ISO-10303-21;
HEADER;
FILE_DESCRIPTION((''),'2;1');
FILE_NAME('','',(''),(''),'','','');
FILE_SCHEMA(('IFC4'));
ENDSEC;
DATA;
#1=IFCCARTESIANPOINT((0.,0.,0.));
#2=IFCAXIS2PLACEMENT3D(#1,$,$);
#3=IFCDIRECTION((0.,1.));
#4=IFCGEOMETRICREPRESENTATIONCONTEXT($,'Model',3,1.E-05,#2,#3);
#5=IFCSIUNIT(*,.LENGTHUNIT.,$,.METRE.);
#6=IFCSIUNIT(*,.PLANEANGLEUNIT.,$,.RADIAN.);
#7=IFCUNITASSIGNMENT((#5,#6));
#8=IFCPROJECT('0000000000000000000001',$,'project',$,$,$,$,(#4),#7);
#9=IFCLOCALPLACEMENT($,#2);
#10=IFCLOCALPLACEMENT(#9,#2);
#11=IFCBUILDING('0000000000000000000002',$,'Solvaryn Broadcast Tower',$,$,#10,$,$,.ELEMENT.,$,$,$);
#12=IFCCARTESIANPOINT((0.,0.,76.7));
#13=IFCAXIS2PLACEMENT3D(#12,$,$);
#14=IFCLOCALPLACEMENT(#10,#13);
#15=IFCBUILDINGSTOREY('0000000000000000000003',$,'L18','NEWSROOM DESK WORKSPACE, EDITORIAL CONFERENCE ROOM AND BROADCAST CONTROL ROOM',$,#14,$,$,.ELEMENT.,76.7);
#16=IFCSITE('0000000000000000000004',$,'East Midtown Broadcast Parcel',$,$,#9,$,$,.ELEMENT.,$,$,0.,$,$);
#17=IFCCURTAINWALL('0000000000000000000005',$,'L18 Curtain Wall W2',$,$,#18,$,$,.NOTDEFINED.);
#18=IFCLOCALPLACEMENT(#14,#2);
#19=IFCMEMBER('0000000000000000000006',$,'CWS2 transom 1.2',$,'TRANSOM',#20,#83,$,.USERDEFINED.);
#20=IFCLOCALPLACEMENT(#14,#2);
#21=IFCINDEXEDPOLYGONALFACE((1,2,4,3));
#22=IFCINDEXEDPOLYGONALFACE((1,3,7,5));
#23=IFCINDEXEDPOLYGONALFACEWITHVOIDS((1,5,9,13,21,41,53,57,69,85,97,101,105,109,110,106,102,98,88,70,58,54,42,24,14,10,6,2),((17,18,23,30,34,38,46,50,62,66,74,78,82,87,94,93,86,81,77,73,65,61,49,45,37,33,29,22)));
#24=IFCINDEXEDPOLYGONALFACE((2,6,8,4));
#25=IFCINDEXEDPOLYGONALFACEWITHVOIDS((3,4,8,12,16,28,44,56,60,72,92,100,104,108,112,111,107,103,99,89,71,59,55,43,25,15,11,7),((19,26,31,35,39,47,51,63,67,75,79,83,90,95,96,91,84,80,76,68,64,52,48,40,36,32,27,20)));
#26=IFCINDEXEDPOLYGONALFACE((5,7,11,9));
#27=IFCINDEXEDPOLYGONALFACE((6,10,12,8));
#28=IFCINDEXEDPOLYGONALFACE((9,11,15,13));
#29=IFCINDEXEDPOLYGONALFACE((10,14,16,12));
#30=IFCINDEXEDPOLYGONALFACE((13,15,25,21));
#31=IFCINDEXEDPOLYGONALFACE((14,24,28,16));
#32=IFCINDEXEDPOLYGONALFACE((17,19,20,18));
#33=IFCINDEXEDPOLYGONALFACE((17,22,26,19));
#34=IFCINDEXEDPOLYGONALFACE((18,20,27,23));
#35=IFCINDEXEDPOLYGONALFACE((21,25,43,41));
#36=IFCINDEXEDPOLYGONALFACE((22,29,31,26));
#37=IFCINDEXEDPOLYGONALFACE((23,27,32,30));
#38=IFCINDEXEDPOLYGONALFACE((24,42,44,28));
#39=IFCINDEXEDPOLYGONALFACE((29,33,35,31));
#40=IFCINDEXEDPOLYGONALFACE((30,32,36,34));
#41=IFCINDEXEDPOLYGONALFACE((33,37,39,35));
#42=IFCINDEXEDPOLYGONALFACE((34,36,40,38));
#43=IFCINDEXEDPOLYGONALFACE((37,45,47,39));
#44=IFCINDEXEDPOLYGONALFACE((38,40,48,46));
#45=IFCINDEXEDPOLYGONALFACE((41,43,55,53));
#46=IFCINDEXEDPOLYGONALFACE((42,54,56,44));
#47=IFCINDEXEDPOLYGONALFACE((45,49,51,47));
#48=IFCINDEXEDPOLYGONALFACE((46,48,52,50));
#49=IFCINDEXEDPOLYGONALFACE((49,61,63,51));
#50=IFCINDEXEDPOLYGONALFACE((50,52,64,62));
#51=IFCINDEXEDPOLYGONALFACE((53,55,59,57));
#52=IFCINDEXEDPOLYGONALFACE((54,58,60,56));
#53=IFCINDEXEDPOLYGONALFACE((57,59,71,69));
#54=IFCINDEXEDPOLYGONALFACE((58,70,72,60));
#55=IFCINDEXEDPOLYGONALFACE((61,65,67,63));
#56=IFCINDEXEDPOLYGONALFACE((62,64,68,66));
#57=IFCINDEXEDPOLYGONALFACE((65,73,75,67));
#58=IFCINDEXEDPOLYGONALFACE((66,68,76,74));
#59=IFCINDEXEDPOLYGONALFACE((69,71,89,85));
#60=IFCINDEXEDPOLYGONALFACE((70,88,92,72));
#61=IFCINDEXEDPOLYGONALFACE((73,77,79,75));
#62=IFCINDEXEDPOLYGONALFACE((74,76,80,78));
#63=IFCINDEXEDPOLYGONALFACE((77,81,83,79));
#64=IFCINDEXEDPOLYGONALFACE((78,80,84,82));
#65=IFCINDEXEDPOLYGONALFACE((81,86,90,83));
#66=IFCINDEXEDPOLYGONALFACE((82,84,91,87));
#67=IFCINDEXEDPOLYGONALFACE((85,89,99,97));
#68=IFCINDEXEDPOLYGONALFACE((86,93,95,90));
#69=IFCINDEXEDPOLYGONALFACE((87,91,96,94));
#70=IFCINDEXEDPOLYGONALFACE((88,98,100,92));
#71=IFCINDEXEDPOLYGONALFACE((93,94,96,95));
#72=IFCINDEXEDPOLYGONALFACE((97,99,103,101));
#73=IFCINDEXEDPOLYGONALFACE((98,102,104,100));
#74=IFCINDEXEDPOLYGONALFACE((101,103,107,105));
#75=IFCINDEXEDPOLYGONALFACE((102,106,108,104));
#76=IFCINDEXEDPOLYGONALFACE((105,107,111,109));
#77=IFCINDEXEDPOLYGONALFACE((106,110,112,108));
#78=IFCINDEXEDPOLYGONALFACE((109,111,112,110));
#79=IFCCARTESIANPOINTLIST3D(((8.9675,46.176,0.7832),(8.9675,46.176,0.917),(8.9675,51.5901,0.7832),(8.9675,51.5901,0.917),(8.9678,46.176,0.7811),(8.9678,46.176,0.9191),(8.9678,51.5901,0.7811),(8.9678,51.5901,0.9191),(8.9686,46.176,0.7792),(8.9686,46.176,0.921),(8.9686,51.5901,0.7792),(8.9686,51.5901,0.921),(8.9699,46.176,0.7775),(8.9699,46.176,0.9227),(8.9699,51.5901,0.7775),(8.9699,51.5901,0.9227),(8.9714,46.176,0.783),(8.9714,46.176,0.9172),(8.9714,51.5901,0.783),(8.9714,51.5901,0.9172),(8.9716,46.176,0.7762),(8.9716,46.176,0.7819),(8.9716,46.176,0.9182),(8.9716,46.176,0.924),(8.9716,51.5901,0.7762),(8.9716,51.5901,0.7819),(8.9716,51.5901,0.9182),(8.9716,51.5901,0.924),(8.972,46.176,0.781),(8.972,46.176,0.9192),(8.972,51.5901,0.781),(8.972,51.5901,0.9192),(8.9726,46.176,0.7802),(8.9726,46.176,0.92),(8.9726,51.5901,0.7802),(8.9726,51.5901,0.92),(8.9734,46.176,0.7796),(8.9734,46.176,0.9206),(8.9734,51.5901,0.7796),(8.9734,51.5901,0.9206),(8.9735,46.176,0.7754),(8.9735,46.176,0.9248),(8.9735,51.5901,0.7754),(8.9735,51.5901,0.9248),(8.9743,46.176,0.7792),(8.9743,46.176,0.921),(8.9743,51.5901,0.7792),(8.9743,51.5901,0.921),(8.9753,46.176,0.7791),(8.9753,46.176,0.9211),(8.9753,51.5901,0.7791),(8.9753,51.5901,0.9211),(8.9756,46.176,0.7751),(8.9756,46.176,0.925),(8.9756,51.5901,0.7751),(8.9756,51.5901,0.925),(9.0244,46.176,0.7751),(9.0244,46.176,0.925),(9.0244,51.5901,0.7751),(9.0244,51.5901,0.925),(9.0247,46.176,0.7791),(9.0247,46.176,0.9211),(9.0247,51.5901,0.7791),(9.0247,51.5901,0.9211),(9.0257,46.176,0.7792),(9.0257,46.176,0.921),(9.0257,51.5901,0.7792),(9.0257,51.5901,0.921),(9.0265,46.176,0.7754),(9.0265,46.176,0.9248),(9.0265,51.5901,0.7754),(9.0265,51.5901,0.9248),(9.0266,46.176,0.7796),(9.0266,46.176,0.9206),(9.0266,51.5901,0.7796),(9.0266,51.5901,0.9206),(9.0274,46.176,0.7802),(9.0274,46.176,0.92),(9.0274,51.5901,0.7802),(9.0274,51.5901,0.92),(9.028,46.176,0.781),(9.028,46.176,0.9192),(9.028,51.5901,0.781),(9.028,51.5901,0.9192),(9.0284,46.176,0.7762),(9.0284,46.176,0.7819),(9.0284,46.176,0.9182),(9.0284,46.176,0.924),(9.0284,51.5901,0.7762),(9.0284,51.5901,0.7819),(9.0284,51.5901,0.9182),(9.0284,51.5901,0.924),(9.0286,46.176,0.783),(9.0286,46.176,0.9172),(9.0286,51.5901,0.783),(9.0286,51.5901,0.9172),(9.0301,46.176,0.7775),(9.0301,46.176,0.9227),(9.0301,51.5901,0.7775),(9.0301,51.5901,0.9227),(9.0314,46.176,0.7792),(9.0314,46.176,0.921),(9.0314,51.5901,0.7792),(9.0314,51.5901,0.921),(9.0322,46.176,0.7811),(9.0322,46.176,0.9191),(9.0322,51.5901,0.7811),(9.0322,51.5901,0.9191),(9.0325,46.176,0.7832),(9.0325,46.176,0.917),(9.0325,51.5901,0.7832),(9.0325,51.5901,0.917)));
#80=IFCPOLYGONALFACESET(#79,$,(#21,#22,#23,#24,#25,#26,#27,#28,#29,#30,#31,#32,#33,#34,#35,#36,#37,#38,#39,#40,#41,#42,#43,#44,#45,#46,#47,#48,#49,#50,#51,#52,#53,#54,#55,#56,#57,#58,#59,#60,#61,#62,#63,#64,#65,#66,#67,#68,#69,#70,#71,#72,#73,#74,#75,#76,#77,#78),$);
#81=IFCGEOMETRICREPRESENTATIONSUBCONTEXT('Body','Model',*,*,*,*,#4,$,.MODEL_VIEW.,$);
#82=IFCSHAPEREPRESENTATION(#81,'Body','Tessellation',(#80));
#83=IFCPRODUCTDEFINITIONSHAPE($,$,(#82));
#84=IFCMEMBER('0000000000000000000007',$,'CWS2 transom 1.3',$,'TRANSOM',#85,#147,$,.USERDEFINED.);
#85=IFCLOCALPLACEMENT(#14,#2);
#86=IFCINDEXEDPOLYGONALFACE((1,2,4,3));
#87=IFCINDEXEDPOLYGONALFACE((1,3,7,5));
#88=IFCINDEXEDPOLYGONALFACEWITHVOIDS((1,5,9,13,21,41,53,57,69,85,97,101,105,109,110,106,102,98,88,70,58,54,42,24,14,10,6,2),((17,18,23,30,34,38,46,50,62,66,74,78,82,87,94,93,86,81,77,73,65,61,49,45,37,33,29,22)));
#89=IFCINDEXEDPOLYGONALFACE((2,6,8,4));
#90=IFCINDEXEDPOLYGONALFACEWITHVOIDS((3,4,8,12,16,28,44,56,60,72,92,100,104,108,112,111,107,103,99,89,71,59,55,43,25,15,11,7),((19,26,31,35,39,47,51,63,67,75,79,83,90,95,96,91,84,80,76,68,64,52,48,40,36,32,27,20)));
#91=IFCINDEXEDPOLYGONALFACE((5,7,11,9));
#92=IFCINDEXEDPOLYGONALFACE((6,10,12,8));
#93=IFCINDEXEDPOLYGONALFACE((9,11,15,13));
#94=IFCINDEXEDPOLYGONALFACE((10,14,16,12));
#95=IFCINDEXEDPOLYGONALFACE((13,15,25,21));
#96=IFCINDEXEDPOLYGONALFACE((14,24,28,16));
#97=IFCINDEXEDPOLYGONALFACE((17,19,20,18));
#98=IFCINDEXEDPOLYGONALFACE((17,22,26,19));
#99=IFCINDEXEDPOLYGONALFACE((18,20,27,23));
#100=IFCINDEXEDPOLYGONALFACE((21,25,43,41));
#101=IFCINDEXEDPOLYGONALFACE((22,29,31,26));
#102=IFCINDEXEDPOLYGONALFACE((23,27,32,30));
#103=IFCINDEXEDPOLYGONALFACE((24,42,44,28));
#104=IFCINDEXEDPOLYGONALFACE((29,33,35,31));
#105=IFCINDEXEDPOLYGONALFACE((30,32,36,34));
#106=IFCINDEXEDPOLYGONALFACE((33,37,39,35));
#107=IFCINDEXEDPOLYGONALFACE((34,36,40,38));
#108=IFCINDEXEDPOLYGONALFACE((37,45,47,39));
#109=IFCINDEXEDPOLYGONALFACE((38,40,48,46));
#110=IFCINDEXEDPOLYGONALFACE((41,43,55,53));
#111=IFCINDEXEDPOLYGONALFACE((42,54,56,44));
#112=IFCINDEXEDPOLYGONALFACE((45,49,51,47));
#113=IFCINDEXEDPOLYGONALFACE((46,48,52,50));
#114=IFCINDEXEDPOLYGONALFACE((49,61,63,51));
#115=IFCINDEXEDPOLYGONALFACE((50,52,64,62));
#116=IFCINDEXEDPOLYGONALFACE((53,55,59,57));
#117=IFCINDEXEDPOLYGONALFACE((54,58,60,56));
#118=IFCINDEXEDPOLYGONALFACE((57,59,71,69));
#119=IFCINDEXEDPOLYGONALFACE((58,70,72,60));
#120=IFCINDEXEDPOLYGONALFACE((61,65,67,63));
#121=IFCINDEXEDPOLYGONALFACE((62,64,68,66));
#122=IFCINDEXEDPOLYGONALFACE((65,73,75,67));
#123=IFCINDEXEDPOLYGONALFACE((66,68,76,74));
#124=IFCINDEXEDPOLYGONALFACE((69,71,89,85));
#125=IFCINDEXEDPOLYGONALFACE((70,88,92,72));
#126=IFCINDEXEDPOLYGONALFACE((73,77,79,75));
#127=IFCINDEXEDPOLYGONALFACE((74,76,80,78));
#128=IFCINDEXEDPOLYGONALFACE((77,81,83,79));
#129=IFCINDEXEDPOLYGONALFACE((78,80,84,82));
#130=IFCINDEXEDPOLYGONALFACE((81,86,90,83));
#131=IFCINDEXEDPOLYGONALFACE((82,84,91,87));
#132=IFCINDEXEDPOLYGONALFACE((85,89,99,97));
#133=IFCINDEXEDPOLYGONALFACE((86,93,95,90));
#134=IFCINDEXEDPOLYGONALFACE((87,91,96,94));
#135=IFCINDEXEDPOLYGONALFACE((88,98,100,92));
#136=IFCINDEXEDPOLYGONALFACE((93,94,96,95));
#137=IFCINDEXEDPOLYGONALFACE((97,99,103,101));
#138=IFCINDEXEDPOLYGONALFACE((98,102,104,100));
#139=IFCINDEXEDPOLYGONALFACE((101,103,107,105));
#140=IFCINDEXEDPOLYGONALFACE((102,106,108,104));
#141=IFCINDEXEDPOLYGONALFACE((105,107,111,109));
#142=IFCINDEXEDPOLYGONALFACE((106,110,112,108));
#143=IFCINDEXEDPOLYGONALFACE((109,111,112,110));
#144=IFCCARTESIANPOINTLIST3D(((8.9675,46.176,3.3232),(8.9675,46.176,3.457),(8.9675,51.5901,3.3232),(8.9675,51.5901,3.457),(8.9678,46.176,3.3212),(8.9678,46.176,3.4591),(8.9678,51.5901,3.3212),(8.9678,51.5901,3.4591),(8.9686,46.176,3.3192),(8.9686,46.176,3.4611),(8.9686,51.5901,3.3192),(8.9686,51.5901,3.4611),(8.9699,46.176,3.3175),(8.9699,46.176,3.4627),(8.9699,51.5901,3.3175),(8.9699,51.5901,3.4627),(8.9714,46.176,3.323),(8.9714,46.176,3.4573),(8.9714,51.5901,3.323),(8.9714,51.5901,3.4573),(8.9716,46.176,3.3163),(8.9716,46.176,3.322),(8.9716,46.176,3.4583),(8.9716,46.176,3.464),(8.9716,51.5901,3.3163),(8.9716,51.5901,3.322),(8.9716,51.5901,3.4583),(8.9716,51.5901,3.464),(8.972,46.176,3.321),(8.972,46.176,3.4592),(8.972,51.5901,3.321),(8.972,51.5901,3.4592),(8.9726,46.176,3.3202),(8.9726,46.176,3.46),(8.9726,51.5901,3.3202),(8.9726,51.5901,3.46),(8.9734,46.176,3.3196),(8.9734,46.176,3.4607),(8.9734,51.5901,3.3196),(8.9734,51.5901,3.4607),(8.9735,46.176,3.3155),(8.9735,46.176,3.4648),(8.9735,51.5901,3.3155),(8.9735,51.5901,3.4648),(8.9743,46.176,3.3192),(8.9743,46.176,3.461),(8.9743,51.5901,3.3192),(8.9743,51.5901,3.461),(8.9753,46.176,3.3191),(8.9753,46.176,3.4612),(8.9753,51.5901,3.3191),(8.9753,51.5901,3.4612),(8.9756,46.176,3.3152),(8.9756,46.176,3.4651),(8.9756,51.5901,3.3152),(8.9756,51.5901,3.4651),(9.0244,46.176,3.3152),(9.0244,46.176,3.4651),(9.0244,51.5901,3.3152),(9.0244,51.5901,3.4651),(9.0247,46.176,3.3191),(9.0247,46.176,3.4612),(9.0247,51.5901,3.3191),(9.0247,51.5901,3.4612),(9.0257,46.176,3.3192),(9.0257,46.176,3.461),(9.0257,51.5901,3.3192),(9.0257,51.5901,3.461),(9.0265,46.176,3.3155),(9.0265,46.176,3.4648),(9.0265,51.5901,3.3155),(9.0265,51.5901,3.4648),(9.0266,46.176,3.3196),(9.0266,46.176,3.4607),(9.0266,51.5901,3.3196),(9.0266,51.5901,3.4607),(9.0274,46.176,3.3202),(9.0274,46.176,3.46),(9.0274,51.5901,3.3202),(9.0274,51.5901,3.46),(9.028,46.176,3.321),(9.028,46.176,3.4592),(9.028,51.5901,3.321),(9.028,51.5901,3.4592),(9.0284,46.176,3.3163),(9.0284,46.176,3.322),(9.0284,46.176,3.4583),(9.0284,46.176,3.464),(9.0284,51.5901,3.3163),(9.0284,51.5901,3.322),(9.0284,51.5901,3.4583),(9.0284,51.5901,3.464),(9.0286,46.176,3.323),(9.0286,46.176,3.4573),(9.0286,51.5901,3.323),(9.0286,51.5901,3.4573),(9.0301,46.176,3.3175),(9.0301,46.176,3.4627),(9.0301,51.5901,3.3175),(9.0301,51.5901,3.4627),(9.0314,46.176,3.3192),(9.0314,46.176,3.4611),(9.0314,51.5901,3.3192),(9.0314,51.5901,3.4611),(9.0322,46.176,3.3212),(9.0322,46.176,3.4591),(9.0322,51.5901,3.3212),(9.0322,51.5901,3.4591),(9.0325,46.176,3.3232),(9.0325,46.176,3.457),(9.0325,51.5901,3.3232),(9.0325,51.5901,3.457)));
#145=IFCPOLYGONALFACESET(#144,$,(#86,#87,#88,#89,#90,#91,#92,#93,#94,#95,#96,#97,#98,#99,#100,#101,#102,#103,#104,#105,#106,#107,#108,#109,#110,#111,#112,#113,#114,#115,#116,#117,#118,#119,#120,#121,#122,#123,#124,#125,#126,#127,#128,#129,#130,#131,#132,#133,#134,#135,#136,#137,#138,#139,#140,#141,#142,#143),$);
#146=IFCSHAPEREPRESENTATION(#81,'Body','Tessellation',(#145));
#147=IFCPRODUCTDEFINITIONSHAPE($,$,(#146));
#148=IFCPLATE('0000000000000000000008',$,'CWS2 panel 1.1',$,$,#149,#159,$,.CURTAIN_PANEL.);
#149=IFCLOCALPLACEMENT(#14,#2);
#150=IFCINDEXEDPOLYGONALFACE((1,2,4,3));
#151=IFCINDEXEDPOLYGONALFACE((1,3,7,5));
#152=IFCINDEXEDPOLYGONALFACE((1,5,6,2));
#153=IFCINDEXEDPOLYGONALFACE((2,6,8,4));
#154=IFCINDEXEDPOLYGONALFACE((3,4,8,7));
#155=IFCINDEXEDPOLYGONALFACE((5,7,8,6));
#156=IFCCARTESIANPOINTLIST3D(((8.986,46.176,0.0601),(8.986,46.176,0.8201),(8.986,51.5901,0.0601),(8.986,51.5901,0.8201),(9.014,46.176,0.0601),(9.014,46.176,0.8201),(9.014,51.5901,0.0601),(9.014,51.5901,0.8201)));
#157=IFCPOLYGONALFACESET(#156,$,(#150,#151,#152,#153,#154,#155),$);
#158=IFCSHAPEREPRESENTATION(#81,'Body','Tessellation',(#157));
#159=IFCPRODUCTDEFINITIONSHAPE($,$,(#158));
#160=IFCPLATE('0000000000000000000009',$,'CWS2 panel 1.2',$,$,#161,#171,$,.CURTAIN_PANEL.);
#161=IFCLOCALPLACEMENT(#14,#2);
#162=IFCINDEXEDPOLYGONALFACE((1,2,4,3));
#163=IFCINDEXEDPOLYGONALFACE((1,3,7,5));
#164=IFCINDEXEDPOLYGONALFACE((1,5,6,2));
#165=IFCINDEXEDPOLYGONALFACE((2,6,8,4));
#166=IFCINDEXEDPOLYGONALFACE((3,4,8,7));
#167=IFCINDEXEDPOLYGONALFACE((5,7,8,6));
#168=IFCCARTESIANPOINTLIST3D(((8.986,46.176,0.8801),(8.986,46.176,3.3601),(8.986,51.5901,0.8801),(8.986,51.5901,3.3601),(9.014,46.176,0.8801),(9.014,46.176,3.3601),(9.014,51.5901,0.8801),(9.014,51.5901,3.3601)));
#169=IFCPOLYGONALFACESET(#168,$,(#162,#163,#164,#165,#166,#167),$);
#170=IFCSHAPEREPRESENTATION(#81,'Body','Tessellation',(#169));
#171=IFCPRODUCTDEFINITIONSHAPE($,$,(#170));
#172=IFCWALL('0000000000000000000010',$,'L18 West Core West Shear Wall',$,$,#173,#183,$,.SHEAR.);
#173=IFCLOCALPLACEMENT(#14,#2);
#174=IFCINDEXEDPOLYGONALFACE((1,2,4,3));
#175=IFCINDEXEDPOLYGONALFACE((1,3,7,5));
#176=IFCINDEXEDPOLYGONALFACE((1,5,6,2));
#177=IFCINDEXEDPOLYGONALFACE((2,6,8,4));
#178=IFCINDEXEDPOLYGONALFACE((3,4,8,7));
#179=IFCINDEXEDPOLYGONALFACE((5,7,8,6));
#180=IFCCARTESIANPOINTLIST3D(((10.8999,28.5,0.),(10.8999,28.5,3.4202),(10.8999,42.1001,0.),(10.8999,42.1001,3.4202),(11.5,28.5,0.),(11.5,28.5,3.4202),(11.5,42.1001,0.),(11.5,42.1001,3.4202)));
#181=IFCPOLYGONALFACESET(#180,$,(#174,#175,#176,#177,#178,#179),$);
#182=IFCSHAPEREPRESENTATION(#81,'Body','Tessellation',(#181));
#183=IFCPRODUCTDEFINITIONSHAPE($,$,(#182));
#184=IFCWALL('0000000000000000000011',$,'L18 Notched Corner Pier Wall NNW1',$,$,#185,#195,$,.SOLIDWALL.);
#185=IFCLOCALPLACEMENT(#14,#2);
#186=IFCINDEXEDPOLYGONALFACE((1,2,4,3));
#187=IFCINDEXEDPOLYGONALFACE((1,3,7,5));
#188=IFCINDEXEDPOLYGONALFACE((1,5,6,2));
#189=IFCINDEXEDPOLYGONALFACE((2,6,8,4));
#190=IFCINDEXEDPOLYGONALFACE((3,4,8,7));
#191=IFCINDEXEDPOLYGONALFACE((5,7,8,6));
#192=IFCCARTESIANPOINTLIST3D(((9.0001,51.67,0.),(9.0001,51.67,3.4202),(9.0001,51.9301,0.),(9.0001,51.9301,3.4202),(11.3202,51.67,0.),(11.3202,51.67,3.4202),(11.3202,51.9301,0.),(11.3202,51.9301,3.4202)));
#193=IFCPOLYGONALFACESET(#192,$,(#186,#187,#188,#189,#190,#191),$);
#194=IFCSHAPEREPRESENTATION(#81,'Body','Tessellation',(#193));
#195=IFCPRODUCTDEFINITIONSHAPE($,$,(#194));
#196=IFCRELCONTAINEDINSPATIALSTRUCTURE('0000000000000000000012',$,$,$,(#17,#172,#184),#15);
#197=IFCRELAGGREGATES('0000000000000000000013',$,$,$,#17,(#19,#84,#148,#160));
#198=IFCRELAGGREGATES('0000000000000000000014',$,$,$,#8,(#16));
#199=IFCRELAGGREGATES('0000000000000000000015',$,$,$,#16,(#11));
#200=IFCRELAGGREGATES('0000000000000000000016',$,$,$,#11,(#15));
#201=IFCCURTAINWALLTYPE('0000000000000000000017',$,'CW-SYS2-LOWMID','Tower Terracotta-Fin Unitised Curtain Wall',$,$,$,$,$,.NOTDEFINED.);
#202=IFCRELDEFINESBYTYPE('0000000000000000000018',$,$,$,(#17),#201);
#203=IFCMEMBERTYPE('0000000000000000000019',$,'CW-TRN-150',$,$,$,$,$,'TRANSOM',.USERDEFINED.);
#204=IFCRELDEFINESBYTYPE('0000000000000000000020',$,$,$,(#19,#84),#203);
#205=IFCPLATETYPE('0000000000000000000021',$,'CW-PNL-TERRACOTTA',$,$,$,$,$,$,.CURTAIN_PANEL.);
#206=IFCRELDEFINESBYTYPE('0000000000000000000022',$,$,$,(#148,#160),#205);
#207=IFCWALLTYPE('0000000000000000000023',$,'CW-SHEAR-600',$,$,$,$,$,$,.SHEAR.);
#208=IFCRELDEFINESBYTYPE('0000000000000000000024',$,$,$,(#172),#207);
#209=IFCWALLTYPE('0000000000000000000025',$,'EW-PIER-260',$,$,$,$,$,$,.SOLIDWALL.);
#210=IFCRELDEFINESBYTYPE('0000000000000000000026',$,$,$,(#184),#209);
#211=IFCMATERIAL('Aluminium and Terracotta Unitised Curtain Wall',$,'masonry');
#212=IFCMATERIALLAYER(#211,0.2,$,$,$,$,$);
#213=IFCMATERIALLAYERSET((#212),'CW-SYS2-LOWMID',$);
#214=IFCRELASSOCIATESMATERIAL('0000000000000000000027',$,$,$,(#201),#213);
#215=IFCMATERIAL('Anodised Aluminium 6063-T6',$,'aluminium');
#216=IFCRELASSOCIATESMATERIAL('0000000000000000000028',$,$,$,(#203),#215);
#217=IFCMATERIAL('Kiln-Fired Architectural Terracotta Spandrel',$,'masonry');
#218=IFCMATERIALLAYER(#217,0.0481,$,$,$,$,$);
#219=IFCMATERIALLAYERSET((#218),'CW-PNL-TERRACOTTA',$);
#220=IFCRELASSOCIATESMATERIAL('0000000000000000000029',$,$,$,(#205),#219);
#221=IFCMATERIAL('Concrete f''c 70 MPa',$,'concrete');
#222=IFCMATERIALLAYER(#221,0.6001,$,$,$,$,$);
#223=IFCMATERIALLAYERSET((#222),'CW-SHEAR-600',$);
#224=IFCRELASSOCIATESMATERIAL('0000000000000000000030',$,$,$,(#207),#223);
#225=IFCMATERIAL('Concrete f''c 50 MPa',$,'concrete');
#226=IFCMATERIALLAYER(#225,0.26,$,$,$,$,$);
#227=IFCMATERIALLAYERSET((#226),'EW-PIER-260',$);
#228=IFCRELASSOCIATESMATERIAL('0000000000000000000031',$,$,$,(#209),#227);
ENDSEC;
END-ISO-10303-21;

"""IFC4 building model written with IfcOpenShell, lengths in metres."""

from ifc_helpers import new_model, si_unit, direction, frame, frame_2d, origin, origin_2d, place, context, subcontext, project, spatial, rectangle, hollow_rectangle, extrude, material, layer, layer_set, material_profile, profile_set, type_object, element, aggregate, save


model = new_model("IFC4")

# Units and contexts
model_context = context("Model", 3, precision=1e-05, world=origin(), true_north=direction((0.0, 1.0)))
body_context = subcontext(model_context, "Body", "Model", "MODEL_VIEW")
ifc_project = project(units=[si_unit("LENGTHUNIT", "METRE"), si_unit("PLANEANGLEUNIT", "RADIAN")], contexts=[model_context])

# Site, building, storey
site_placement = place(None, origin())
site = spatial("IfcSite", under=ifc_project, at=site_placement, Name="East Midtown Broadcast Parcel", CompositionType="ELEMENT", RefElevation=0.0)
building_placement = place(site_placement, origin())
building = spatial("IfcBuilding", under=site, at=building_placement, Name="Solvaryn Broadcast Tower", CompositionType="ELEMENT")
storey_placement = place(building_placement, frame((0.0, 0.0, 76.7)))
storey = spatial("IfcBuildingStorey", under=building, at=storey_placement, Name="L18", Description="NEWSROOM DESK WORKSPACE, EDITORIAL CONFERENCE ROOM AND BROADCAST CONTROL ROOM", CompositionType="ELEMENT", Elevation=76.7)

# Shared definitions
ifc_material_1 = material(Name="Aluminium and Terracotta Unitised Curtain Wall", Category="masonry")
ifc_layer_1 = layer(ifc_material_1, 0.2)
ifc_layer_set_1 = layer_set([ifc_layer_1], Name="CW-SYS2-LOWMID")
curtain_wall_type = type_object("IfcCurtainWallType", Name="CW-SYS2-LOWMID", Description="Tower Terracotta-Fin Unitised Curtain Wall", PredefinedType="NOTDEFINED", material=ifc_layer_set_1)

# Curtain wall
curtain_wall_1_placement = place(storey_placement, origin())
curtain_wall_1 = element("IfcCurtainWall", 1, at=curtain_wall_1_placement, inside=storey, type_object=curtain_wall_type, Name="L18 Curtain Wall W2", PredefinedType="NOTDEFINED")

# Members
ifc_material_2 = material(Name="Anodised Aluminium 6063-T6", Category="aluminium")
ifc_material_profile_1 = material_profile(ifc_material_2, hollow_rectangle(XDim=0.0649, YDim=0.1499, WallThickness=0.0039, InnerFilletRadius=0.0039, OuterFilletRadius=0.0081, at=origin_2d()))
ifc_profile_set_1 = profile_set([ifc_material_profile_1], Name="Anodised Aluminium 6063-T6")
member_type_1 = type_object("IfcMemberType", Name="CW-TRN-150", ElementType="TRANSOM", PredefinedType="USERDEFINED", material=ifc_profile_set_1)
member_1_placement = place(storey_placement, frame((9.0, 46.176, 0.8501), z_axis=(0.0, 1.0, 0.0), x_axis=(-1.0, 0.0, 0.0)))
member_1 = element("IfcMember", 2, at=member_1_placement, type_object=member_type_1, Name="CWS2 transom 1.2", ObjectType="TRANSOM", PredefinedType="USERDEFINED", context=body_context, shape_type="SweptSolid", body=[
    extrude(hollow_rectangle(XDim=0.0649, YDim=0.1499, WallThickness=0.0039, InnerFilletRadius=0.0039, OuterFilletRadius=0.0081, at=origin_2d()), origin(), (0.0, 0.0, 1.0), 5.4141),
])
member_2_placement = place(storey_placement, frame((9.0, 46.176, 3.3901), z_axis=(0.0, 1.0, 0.0), x_axis=(-1.0, 0.0, 0.0)))
member_2 = element("IfcMember", 3, at=member_2_placement, type_object=member_type_1, Name="CWS2 transom 1.3", ObjectType="TRANSOM", PredefinedType="USERDEFINED", context=body_context, shape_type="SweptSolid", body=[
    extrude(hollow_rectangle(XDim=0.0649, YDim=0.1499, WallThickness=0.0039, InnerFilletRadius=0.0039, OuterFilletRadius=0.0081, at=origin_2d()), origin(), (0.0, 0.0, 1.0), 5.4141),
])

# Plates
ifc_material_3 = material(Name="Kiln-Fired Architectural Terracotta Spandrel", Category="masonry")
ifc_layer_2 = layer(ifc_material_3, 0.0481)
ifc_layer_set_2 = layer_set([ifc_layer_2], Name="CW-PNL-TERRACOTTA")
plate_type = type_object("IfcPlateType", Name="CW-PNL-TERRACOTTA", PredefinedType="CURTAIN_PANEL", material=ifc_layer_set_2)
plate_1_placement = place(storey_placement, frame((9.0, 48.8831, 0.0601), z_axis=(0.0, 0.0, 1.0), x_axis=(0.0, 1.0, 0.0)))
plate_1 = element("IfcPlate", 4, at=plate_1_placement, type_object=plate_type, Name="CWS2 panel 1.1", PredefinedType="CURTAIN_PANEL", context=body_context, shape_type="SweptSolid", body=[
    extrude(rectangle(XDim=5.4141, YDim=0.0281, at=origin_2d()), origin(), (0.0, 0.0, 1.0), 0.76),
])
plate_2_placement = place(storey_placement, frame((9.0, 48.8831, 0.8801), z_axis=(0.0, 0.0, 1.0), x_axis=(0.0, 1.0, 0.0)))
plate_2 = element("IfcPlate", 5, at=plate_2_placement, type_object=plate_type, Name="CWS2 panel 1.2", PredefinedType="CURTAIN_PANEL", context=body_context, shape_type="SweptSolid", body=[
    extrude(rectangle(XDim=5.4141, YDim=0.0281, at=origin_2d()), origin(), (0.0, 0.0, 1.0), 2.48),
])
aggregate(curtain_wall_1, [member_1, member_2, plate_1, plate_2])

# Walls
ifc_material_4 = material(Name="Concrete f'c 70 MPa", Category="concrete")
ifc_layer_3 = layer(ifc_material_4, 0.6001)
ifc_layer_set_3 = layer_set([ifc_layer_3], Name="CW-SHEAR-600")
wall_type_1 = type_object("IfcWallType", Name="CW-SHEAR-600", PredefinedType="SHEAR", material=ifc_layer_set_3)
wall_1_placement = place(storey_placement, frame((11.2, 42.1001, 0.0), z_axis=(0.0, 0.0, 1.0), x_axis=(0.0, -1.0, 0.0)))
element("IfcWall", 6, at=wall_1_placement, inside=storey, type_object=wall_type_1, Name="L18 West Core West Shear Wall", PredefinedType="SHEAR", context=body_context, shape_type="SweptSolid", body=[
    extrude(rectangle(XDim=13.6001, YDim=0.6001, at=frame_2d((6.8, 0.0))), origin(), (0.0, 0.0, 1.0), 3.4202),
])
ifc_material_5 = material(Name="Concrete f'c 50 MPa", Category="concrete")
ifc_layer_4 = layer(ifc_material_5, 0.26)
ifc_layer_set_4 = layer_set([ifc_layer_4], Name="EW-PIER-260")
wall_type_2 = type_object("IfcWallType", Name="EW-PIER-260", PredefinedType="SOLIDWALL", material=ifc_layer_set_4)
wall_2_placement = place(storey_placement, frame((9.0, 51.8, 0.0), z_axis=(0.0, 0.0, 1.0), x_axis=(1.0, 0.0, 0.0)))
element("IfcWall", 7, at=wall_2_placement, inside=storey, type_object=wall_type_2, Name="L18 Notched Corner Pier Wall NNW1", PredefinedType="SOLIDWALL", context=body_context, shape_type="SweptSolid", body=[
    extrude(rectangle(XDim=2.3201, YDim=0.26, at=frame_2d((1.1602, 0.0))), origin(), (0.0, 0.0, 1.0), 3.4202),
])

save(model, "model.ifc")
